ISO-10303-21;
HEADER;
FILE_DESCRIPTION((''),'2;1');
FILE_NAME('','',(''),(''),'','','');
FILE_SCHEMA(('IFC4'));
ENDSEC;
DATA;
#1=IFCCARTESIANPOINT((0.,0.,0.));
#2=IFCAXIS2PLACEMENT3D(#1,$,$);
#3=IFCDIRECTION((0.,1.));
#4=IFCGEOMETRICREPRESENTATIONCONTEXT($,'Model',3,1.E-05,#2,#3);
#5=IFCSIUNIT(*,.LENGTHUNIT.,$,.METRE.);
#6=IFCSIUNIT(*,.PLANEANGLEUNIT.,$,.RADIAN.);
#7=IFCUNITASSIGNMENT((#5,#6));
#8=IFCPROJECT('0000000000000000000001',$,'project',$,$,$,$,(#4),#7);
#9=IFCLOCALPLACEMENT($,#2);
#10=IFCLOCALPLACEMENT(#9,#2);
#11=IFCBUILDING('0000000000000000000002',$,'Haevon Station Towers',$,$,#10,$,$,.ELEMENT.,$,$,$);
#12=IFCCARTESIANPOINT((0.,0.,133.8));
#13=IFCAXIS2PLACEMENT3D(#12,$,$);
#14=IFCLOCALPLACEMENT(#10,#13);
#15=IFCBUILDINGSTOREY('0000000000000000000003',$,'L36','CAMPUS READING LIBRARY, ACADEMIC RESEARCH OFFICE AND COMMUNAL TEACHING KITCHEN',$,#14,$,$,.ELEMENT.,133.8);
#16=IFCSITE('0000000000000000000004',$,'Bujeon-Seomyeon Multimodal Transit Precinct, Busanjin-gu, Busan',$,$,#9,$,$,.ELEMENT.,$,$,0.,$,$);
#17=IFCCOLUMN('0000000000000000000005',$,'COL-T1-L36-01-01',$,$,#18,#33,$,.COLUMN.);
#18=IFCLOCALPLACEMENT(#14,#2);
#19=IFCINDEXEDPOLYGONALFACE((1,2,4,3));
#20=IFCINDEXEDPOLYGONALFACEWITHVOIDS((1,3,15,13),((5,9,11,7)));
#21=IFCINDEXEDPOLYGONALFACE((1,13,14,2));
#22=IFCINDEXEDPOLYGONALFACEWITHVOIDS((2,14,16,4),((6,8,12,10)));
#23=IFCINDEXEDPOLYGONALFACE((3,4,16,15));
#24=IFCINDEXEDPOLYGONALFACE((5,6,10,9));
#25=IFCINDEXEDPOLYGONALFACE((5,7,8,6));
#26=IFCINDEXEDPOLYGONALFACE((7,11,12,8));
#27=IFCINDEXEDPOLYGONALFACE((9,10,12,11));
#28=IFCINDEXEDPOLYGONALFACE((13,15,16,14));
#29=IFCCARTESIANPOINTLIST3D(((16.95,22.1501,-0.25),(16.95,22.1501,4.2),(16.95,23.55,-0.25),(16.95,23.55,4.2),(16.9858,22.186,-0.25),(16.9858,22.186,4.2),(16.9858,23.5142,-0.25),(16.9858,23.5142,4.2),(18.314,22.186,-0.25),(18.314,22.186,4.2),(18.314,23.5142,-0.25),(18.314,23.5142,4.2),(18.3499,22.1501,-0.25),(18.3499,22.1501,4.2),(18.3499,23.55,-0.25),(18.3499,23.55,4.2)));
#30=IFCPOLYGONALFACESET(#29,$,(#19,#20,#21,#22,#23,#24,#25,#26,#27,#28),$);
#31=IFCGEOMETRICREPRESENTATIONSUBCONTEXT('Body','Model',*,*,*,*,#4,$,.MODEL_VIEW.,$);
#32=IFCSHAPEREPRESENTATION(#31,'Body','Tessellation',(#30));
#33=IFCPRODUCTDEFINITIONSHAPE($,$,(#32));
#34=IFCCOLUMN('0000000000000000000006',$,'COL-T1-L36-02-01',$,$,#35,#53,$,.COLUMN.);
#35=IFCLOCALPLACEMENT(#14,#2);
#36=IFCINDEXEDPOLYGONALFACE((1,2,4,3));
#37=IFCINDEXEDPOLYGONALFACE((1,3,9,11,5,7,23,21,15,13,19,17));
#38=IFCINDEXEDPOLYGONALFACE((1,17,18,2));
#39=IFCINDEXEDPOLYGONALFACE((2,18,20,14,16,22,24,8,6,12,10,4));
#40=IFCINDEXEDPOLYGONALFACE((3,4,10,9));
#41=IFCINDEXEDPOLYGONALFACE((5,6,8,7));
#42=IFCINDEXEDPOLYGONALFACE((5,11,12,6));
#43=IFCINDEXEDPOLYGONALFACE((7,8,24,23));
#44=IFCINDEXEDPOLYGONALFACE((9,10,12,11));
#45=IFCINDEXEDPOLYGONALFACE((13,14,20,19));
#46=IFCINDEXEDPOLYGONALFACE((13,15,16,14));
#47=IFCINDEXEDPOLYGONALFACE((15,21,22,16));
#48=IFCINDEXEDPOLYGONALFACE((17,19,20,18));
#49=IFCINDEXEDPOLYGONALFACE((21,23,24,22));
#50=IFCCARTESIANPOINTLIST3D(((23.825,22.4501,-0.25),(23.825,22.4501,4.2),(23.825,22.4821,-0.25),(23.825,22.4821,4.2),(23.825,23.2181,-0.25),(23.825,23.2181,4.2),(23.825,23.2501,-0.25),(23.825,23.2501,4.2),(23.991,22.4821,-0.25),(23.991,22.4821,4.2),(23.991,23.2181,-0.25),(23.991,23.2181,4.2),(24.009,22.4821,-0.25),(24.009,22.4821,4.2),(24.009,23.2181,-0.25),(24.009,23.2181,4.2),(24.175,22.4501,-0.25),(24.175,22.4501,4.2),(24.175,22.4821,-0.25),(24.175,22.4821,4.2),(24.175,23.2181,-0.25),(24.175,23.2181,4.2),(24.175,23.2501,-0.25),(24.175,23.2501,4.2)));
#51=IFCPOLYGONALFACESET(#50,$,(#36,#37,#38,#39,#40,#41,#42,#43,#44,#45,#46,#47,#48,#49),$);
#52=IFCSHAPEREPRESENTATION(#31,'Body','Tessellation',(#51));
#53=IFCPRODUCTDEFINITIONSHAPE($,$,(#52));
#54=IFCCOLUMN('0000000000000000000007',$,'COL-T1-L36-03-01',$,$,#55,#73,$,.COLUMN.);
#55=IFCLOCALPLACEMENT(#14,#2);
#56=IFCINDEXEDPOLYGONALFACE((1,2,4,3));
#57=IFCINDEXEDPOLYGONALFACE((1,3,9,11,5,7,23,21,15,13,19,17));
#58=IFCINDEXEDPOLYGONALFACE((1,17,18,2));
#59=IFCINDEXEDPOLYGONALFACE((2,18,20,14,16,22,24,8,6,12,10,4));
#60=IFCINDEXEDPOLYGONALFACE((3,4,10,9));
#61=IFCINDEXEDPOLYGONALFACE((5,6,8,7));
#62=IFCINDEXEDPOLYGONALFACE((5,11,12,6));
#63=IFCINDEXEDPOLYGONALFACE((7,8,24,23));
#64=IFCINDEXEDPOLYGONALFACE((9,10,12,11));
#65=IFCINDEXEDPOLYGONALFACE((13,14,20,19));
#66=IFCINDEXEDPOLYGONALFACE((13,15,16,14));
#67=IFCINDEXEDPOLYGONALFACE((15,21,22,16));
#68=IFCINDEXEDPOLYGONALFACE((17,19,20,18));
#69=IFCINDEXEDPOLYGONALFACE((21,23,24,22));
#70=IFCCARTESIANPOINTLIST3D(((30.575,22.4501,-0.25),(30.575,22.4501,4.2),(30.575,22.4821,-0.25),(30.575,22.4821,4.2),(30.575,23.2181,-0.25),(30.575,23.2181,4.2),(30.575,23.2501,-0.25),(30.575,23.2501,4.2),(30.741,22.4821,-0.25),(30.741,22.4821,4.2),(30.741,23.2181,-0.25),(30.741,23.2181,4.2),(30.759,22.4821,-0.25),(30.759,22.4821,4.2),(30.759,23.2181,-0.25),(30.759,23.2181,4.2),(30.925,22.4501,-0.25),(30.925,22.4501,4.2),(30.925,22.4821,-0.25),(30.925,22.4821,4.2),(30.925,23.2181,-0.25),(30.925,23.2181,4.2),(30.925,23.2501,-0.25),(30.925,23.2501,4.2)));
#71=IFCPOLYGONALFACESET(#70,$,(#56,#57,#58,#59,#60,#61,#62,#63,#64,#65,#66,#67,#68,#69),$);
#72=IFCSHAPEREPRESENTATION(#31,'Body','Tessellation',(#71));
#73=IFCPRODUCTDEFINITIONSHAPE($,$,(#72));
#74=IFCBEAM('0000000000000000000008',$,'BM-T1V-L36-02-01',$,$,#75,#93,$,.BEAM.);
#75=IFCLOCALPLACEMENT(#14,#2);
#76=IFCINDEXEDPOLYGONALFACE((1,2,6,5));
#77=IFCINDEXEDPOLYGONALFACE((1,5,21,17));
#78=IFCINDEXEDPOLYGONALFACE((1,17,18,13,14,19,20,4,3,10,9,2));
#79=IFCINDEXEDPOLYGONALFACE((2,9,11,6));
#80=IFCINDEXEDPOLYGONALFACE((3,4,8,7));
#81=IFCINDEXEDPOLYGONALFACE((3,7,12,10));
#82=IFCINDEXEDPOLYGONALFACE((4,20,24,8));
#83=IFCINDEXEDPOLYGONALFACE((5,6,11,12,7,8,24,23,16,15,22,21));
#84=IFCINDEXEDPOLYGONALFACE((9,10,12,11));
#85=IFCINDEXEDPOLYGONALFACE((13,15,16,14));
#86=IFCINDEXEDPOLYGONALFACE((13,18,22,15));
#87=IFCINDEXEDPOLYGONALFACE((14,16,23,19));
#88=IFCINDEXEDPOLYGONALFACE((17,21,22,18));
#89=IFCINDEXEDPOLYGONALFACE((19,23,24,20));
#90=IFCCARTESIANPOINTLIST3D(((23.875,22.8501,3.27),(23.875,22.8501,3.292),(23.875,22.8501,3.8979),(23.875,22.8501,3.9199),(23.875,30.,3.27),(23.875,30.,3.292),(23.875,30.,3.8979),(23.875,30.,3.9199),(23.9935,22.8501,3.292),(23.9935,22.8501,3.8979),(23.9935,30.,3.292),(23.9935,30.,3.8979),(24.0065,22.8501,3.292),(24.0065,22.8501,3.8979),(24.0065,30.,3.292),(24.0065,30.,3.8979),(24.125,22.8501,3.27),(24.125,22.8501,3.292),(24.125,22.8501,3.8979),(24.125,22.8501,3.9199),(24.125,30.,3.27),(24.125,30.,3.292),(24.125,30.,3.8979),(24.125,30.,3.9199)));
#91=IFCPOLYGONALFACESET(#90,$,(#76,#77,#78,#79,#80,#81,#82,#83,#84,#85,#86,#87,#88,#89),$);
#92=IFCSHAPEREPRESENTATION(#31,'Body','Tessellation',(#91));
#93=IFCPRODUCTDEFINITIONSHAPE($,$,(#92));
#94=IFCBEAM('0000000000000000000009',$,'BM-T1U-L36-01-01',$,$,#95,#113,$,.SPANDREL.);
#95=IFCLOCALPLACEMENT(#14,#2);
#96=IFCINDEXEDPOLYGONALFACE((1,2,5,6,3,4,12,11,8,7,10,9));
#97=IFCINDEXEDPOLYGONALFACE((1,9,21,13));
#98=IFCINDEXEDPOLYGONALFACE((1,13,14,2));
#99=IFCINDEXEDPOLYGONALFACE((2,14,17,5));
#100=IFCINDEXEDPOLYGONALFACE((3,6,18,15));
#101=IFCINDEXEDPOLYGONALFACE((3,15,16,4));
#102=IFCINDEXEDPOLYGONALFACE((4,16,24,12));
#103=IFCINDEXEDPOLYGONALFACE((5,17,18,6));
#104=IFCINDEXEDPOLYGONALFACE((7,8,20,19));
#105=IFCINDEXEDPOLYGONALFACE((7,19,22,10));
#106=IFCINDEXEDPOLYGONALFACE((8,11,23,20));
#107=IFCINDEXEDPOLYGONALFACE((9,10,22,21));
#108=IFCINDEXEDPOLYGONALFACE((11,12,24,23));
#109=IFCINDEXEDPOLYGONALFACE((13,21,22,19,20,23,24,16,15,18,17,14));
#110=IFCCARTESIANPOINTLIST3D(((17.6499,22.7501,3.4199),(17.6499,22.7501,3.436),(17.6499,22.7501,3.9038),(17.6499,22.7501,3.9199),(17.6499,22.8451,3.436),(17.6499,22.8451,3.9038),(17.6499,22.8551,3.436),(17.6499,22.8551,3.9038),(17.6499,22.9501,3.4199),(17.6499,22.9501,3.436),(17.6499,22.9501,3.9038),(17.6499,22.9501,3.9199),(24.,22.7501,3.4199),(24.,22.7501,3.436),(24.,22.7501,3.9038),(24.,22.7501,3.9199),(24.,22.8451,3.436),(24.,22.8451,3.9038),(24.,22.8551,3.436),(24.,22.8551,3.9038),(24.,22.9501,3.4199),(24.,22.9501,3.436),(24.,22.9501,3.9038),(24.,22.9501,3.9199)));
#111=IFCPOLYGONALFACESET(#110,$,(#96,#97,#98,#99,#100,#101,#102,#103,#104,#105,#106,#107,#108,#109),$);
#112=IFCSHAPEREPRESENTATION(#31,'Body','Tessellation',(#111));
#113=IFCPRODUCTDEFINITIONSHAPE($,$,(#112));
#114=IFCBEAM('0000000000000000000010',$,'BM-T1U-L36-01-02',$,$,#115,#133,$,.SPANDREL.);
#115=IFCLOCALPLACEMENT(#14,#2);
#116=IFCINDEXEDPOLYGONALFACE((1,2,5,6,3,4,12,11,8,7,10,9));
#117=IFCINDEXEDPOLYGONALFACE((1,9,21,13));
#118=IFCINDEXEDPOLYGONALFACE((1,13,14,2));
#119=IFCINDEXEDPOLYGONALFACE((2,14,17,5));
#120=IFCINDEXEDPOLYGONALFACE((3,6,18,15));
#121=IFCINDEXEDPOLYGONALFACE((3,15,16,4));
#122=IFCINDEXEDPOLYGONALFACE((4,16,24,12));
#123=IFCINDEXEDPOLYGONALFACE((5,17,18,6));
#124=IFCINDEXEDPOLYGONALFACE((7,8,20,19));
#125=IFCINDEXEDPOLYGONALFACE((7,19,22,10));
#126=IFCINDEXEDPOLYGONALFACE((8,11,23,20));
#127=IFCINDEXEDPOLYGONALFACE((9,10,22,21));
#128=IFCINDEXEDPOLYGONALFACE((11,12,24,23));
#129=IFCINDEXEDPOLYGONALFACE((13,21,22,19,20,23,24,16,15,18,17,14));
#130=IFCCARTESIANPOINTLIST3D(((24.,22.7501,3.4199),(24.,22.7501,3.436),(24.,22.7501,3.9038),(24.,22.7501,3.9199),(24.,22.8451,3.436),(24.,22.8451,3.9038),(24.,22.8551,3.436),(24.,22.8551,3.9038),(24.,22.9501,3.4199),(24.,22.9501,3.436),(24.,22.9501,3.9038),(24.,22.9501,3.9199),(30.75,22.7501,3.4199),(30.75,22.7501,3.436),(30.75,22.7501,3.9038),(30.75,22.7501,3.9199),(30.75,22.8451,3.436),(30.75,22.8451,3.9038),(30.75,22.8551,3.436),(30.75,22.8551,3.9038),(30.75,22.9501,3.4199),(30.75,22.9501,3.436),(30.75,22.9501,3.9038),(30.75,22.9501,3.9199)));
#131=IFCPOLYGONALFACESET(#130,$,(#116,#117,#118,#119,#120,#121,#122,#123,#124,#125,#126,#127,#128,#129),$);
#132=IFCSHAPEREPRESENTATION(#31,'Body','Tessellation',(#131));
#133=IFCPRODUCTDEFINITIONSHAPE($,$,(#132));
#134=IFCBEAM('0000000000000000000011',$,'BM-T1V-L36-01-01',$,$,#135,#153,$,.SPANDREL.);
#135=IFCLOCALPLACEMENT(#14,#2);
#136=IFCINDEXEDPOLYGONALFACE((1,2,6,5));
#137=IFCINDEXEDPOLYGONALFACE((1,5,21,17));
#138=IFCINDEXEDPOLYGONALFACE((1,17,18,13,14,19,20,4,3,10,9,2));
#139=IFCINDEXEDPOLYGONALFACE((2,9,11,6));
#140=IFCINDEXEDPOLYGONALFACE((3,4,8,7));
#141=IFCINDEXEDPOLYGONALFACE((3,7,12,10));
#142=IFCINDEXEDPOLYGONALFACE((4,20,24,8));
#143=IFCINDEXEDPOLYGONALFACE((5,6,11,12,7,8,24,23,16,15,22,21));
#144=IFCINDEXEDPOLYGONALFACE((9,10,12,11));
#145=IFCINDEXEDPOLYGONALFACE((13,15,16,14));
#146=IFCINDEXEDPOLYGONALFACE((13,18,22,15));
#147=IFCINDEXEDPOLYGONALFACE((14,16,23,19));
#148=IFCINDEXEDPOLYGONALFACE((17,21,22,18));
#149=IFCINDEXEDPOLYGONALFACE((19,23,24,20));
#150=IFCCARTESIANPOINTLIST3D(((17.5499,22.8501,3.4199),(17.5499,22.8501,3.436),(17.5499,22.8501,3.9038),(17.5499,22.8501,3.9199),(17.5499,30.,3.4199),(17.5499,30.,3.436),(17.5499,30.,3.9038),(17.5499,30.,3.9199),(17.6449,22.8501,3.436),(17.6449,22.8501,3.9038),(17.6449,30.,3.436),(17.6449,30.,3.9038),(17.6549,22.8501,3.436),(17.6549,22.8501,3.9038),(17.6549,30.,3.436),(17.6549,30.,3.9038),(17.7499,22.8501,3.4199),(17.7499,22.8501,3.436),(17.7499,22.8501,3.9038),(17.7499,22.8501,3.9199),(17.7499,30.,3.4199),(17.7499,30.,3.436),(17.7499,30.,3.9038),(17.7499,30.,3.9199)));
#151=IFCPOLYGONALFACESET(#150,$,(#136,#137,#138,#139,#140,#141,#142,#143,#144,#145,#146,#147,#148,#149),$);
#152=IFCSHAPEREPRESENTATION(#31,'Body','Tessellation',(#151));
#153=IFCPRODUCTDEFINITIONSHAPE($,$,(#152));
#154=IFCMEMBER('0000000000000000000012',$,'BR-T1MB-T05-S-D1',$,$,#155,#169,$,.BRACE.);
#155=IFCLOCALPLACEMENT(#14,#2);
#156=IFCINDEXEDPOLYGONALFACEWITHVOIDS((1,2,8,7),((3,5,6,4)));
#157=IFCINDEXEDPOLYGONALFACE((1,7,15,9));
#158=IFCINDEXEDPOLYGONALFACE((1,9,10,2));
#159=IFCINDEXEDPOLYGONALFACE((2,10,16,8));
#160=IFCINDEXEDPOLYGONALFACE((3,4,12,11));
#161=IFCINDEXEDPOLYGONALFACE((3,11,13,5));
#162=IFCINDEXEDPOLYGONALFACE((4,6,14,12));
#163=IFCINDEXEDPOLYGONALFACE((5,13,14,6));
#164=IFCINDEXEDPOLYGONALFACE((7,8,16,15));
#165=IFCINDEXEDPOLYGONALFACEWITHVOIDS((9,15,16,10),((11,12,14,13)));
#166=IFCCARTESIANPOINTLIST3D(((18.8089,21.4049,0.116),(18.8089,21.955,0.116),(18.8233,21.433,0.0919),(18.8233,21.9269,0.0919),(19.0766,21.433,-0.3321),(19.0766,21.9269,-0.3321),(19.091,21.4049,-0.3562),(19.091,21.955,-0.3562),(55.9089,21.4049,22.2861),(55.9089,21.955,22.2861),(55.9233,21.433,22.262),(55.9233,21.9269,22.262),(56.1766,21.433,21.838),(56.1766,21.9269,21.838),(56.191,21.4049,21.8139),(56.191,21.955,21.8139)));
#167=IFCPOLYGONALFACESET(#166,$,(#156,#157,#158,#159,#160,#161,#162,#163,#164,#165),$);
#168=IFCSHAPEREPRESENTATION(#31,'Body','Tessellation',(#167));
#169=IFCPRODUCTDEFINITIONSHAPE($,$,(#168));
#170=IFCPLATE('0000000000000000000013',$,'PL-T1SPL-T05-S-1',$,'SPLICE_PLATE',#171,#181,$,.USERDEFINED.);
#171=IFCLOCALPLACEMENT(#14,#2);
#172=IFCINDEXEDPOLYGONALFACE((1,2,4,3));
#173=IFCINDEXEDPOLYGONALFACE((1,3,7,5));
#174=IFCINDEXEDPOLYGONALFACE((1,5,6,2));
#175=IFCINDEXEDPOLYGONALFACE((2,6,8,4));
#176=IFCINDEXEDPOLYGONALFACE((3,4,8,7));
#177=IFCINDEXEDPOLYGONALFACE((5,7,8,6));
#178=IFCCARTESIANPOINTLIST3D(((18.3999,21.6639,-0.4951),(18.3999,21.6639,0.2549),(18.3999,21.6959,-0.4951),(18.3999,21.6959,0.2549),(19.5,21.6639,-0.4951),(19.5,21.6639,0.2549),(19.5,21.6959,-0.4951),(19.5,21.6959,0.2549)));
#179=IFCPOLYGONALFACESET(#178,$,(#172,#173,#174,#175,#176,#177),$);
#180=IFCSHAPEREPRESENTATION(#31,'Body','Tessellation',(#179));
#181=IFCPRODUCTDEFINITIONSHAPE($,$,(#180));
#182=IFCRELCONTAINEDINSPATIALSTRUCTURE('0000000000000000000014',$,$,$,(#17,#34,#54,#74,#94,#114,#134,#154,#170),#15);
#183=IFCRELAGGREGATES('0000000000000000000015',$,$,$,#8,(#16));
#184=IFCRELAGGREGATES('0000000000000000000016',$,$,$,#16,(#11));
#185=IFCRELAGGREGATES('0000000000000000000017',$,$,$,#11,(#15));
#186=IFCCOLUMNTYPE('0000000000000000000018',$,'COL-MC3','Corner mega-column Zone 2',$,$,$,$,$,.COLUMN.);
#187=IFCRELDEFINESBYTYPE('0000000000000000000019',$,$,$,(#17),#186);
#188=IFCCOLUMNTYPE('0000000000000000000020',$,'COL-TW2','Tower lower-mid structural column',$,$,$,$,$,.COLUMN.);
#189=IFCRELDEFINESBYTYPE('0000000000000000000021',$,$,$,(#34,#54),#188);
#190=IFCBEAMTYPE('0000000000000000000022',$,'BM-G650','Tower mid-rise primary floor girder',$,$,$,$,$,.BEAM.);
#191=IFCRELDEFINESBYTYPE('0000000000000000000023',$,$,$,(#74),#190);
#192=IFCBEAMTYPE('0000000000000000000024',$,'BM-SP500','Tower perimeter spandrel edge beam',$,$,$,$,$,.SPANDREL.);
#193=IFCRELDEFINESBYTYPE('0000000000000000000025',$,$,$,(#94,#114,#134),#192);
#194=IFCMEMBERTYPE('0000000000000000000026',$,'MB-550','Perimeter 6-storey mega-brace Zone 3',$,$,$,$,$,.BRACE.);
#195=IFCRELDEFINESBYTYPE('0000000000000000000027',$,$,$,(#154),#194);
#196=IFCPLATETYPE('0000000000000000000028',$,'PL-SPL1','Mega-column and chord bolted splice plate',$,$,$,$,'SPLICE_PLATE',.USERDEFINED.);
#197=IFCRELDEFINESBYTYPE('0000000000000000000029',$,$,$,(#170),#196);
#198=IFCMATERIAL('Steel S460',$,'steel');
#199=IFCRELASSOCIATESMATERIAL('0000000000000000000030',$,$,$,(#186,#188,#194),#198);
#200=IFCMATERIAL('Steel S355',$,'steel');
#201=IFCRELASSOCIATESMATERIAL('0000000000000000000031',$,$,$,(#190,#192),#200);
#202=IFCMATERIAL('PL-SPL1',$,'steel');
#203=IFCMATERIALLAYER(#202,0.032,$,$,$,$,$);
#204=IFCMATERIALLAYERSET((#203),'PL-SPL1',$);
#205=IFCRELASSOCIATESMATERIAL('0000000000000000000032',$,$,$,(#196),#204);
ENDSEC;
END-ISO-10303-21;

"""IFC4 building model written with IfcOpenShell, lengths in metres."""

from ifc_helpers import new_model, si_unit, direction, frame, origin, origin_2d, place, context, subcontext, project, spatial, rectangle, hollow_rectangle, i_section, extrude, material, layer, layer_set, material_profile, profile_set, type_object, element, save


model = new_model("IFC4")

# Units and contexts
model_context = context("Model", 3, precision=1e-05, world=origin(), true_north=direction((0.0, 1.0)))
body_context = subcontext(model_context, "Body", "Model", "MODEL_VIEW")
ifc_project = project(units=[si_unit("LENGTHUNIT", "METRE"), si_unit("PLANEANGLEUNIT", "RADIAN")], contexts=[model_context])

# Site, building, storey
site_placement = place(None, origin())
site = spatial("IfcSite", under=ifc_project, at=site_placement, Name="Bujeon-Seomyeon Multimodal Transit Precinct, Busanjin-gu, Busan", CompositionType="ELEMENT", RefElevation=0.0)
building_placement = place(site_placement, origin())
building = spatial("IfcBuilding", under=site, at=building_placement, Name="Haevon Station Towers", CompositionType="ELEMENT")
storey_placement = place(building_placement, frame((0.0, 0.0, 133.8)))
storey = spatial("IfcBuildingStorey", under=building, at=storey_placement, Name="L36", Description="CAMPUS READING LIBRARY, ACADEMIC RESEARCH OFFICE AND COMMUNAL TEACHING KITCHEN", CompositionType="ELEMENT", Elevation=133.8)

# Columns
ifc_material_1 = material(Name="Steel S460", Category="steel")
ifc_material_profile_1 = material_profile(ifc_material_1, hollow_rectangle(XDim=1.3999, YDim=1.3999, WallThickness=0.0359, at=origin_2d()), Name="BOX-1400x1400x36")
ifc_profile_set_1 = profile_set([ifc_material_profile_1], Name="Steel S460")
column_type_1 = type_object("IfcColumnType", Name="COL-MC3", Description="Corner mega-column Zone 2", PredefinedType="COLUMN", material=ifc_profile_set_1)
column_placement = place(storey_placement, frame((17.6499, 22.8501, -0.25), z_axis=(0.0, 0.0, 1.0), x_axis=(1.0, 0.0, 0.0)))
element("IfcColumn", 1, at=column_placement, inside=storey, type_object=column_type_1, Name="COL-T1-L36-01-01", PredefinedType="COLUMN", context=body_context, shape_type="SweptSolid", body=[
    extrude(hollow_rectangle(XDim=1.3999, YDim=1.3999, WallThickness=0.0359, at=origin_2d()), origin(), (0.0, 0.0, 1.0), 4.45),
])
ifc_material_profile_2 = material_profile(ifc_material_1, i_section(OverallWidth=0.3501, OverallDepth=0.8, WebThickness=0.0181, FlangeThickness=0.032, at=origin_2d()), Name="H-800x350x18x32")
ifc_profile_set_2 = profile_set([ifc_material_profile_2], Name="Steel S460")
column_type_2 = type_object("IfcColumnType", Name="COL-TW2", Description="Tower lower-mid structural column", PredefinedType="COLUMN", material=ifc_profile_set_2)
for number, where, z_axis, x_axis, name in (
    (2, (24.0, 22.8501, -0.25), (0.0, 0.0, 1.0), (1.0, 0.0, 0.0), "COL-T1-L36-02-01"),
    (3, (30.75, 22.8501, -0.25), (0.0, 0.0, 1.0), (1.0, 0.0, 0.0), "COL-T1-L36-03-01"),
):
    element("IfcColumn", number, at=place(storey_placement, frame(where, z_axis=z_axis, x_axis=x_axis)), inside=storey, type_object=column_type_2, Name=name, PredefinedType="COLUMN", context=body_context, shape_type="SweptSolid", body=[
        extrude(i_section(OverallWidth=0.3501, OverallDepth=0.8, WebThickness=0.0181, FlangeThickness=0.032, at=origin_2d()), origin(), (0.0, 0.0, 1.0), 4.45),
    ])

# Beams
ifc_material_2 = material(Name="Steel S355", Category="steel")
ifc_material_profile_3 = material_profile(ifc_material_2, i_section(OverallWidth=0.25, OverallDepth=0.6499, WebThickness=0.0129, FlangeThickness=0.022, at=origin_2d()), Name="H-650x250x13x22")
ifc_profile_set_3 = profile_set([ifc_material_profile_3], Name="Steel S355")
beam_type_1 = type_object("IfcBeamType", Name="BM-G650", Description="Tower mid-rise primary floor girder", PredefinedType="BEAM", material=ifc_profile_set_3)
beam_1_placement = place(storey_placement, frame((24.0, 22.8501, 3.595), z_axis=(0.0, 1.0, 0.0), x_axis=(-1.0, 0.0, 0.0)))
element("IfcBeam", 4, at=beam_1_placement, inside=storey, type_object=beam_type_1, Name="BM-T1V-L36-02-01", PredefinedType="BEAM", context=body_context, shape_type="SweptSolid", body=[
    extrude(i_section(OverallWidth=0.25, OverallDepth=0.6499, WebThickness=0.0129, FlangeThickness=0.022, at=origin_2d()), origin(), (0.0, 0.0, 1.0), 7.1499),
])
ifc_material_profile_4 = material_profile(ifc_material_2, i_section(OverallWidth=0.2, OverallDepth=0.5, WebThickness=0.01, FlangeThickness=0.0161, at=origin_2d()), Name="H-500x200x10x16")
ifc_profile_set_4 = profile_set([ifc_material_profile_4], Name="Steel S355")
beam_type_2 = type_object("IfcBeamType", Name="BM-SP500", Description="Tower perimeter spandrel edge beam", PredefinedType="SPANDREL", material=ifc_profile_set_4)
beam_2_placement = place(storey_placement, frame((17.6499, 22.8501, 3.6699), z_axis=(1.0, 0.0, 0.0), x_axis=(0.0, 1.0, 0.0)))
element("IfcBeam", 5, at=beam_2_placement, inside=storey, type_object=beam_type_2, Name="BM-T1U-L36-01-01", PredefinedType="SPANDREL", context=body_context, shape_type="SweptSolid", body=[
    extrude(i_section(OverallWidth=0.2, OverallDepth=0.5, WebThickness=0.01, FlangeThickness=0.0161, at=origin_2d()), origin(), (0.0, 0.0, 1.0), 6.3501),
])
beam_3_placement = place(storey_placement, frame((24.0, 22.8501, 3.6699), z_axis=(1.0, 0.0, 0.0), x_axis=(0.0, 1.0, 0.0)))
element("IfcBeam", 6, at=beam_3_placement, inside=storey, type_object=beam_type_2, Name="BM-T1U-L36-01-02", PredefinedType="SPANDREL", context=body_context, shape_type="SweptSolid", body=[
    extrude(i_section(OverallWidth=0.2, OverallDepth=0.5, WebThickness=0.01, FlangeThickness=0.0161, at=origin_2d()), origin(), (0.0, 0.0, 1.0), 6.75),
])
beam_4_placement = place(storey_placement, frame((17.6499, 22.8501, 3.6699), z_axis=(0.0, 1.0, 0.0), x_axis=(-1.0, 0.0, 0.0)))
element("IfcBeam", 7, at=beam_4_placement, inside=storey, type_object=beam_type_2, Name="BM-T1V-L36-01-01", PredefinedType="SPANDREL", context=body_context, shape_type="SweptSolid", body=[
    extrude(i_section(OverallWidth=0.2, OverallDepth=0.5, WebThickness=0.01, FlangeThickness=0.0161, at=origin_2d()), origin(), (0.0, 0.0, 1.0), 7.1499),
])

# Member
ifc_material_profile_5 = material_profile(ifc_material_1, hollow_rectangle(XDim=0.55, YDim=0.55, WallThickness=0.0281, at=origin_2d()), Name="RHS-550x550x28")
ifc_profile_set_5 = profile_set([ifc_material_profile_5], Name="Steel S460")
member_type = type_object("IfcMemberType", Name="MB-550", Description="Perimeter 6-storey mega-brace Zone 3", PredefinedType="BRACE", material=ifc_profile_set_5)
member_placement = place(storey_placement, frame((18.95, 21.6799, -0.1201), z_axis=(0.858409, 0.0, 0.512966), x_axis=(0.0, 1.0, 0.0)))
element("IfcMember", 8, at=member_placement, inside=storey, type_object=member_type, Name="BR-T1MB-T05-S-D1", PredefinedType="BRACE", context=body_context, shape_type="SweptSolid", body=[
    extrude(hollow_rectangle(XDim=0.55, YDim=0.55, WallThickness=0.0281, at=origin_2d()), origin(), (0.0, 0.0, 1.0), 43.2195),
])

# Plate
ifc_material_3 = material(Name="PL-SPL1", Category="steel")
ifc_layer_1 = layer(ifc_material_3, 0.032)
ifc_layer_set_1 = layer_set([ifc_layer_1], Name="PL-SPL1")
plate_type = type_object("IfcPlateType", Name="PL-SPL1", Description="Mega-column and chord bolted splice plate", ElementType="SPLICE_PLATE", PredefinedType="USERDEFINED", material=ifc_layer_set_1)
plate_placement = place(storey_placement, frame((18.95, 21.6799, -0.4951), z_axis=(0.0, 0.0, 1.0), x_axis=(1.0, 0.0, 0.0)))
element("IfcPlate", 9, at=plate_placement, inside=storey, type_object=plate_type, Name="PL-T1SPL-T05-S-1", ObjectType="SPLICE_PLATE", PredefinedType="USERDEFINED", context=body_context, shape_type="SweptSolid", body=[
    extrude(rectangle(XDim=1.1001, YDim=0.032, at=origin_2d()), origin(), (0.0, 0.0, 1.0), 0.75),
])

save(model, "model.ifc")
